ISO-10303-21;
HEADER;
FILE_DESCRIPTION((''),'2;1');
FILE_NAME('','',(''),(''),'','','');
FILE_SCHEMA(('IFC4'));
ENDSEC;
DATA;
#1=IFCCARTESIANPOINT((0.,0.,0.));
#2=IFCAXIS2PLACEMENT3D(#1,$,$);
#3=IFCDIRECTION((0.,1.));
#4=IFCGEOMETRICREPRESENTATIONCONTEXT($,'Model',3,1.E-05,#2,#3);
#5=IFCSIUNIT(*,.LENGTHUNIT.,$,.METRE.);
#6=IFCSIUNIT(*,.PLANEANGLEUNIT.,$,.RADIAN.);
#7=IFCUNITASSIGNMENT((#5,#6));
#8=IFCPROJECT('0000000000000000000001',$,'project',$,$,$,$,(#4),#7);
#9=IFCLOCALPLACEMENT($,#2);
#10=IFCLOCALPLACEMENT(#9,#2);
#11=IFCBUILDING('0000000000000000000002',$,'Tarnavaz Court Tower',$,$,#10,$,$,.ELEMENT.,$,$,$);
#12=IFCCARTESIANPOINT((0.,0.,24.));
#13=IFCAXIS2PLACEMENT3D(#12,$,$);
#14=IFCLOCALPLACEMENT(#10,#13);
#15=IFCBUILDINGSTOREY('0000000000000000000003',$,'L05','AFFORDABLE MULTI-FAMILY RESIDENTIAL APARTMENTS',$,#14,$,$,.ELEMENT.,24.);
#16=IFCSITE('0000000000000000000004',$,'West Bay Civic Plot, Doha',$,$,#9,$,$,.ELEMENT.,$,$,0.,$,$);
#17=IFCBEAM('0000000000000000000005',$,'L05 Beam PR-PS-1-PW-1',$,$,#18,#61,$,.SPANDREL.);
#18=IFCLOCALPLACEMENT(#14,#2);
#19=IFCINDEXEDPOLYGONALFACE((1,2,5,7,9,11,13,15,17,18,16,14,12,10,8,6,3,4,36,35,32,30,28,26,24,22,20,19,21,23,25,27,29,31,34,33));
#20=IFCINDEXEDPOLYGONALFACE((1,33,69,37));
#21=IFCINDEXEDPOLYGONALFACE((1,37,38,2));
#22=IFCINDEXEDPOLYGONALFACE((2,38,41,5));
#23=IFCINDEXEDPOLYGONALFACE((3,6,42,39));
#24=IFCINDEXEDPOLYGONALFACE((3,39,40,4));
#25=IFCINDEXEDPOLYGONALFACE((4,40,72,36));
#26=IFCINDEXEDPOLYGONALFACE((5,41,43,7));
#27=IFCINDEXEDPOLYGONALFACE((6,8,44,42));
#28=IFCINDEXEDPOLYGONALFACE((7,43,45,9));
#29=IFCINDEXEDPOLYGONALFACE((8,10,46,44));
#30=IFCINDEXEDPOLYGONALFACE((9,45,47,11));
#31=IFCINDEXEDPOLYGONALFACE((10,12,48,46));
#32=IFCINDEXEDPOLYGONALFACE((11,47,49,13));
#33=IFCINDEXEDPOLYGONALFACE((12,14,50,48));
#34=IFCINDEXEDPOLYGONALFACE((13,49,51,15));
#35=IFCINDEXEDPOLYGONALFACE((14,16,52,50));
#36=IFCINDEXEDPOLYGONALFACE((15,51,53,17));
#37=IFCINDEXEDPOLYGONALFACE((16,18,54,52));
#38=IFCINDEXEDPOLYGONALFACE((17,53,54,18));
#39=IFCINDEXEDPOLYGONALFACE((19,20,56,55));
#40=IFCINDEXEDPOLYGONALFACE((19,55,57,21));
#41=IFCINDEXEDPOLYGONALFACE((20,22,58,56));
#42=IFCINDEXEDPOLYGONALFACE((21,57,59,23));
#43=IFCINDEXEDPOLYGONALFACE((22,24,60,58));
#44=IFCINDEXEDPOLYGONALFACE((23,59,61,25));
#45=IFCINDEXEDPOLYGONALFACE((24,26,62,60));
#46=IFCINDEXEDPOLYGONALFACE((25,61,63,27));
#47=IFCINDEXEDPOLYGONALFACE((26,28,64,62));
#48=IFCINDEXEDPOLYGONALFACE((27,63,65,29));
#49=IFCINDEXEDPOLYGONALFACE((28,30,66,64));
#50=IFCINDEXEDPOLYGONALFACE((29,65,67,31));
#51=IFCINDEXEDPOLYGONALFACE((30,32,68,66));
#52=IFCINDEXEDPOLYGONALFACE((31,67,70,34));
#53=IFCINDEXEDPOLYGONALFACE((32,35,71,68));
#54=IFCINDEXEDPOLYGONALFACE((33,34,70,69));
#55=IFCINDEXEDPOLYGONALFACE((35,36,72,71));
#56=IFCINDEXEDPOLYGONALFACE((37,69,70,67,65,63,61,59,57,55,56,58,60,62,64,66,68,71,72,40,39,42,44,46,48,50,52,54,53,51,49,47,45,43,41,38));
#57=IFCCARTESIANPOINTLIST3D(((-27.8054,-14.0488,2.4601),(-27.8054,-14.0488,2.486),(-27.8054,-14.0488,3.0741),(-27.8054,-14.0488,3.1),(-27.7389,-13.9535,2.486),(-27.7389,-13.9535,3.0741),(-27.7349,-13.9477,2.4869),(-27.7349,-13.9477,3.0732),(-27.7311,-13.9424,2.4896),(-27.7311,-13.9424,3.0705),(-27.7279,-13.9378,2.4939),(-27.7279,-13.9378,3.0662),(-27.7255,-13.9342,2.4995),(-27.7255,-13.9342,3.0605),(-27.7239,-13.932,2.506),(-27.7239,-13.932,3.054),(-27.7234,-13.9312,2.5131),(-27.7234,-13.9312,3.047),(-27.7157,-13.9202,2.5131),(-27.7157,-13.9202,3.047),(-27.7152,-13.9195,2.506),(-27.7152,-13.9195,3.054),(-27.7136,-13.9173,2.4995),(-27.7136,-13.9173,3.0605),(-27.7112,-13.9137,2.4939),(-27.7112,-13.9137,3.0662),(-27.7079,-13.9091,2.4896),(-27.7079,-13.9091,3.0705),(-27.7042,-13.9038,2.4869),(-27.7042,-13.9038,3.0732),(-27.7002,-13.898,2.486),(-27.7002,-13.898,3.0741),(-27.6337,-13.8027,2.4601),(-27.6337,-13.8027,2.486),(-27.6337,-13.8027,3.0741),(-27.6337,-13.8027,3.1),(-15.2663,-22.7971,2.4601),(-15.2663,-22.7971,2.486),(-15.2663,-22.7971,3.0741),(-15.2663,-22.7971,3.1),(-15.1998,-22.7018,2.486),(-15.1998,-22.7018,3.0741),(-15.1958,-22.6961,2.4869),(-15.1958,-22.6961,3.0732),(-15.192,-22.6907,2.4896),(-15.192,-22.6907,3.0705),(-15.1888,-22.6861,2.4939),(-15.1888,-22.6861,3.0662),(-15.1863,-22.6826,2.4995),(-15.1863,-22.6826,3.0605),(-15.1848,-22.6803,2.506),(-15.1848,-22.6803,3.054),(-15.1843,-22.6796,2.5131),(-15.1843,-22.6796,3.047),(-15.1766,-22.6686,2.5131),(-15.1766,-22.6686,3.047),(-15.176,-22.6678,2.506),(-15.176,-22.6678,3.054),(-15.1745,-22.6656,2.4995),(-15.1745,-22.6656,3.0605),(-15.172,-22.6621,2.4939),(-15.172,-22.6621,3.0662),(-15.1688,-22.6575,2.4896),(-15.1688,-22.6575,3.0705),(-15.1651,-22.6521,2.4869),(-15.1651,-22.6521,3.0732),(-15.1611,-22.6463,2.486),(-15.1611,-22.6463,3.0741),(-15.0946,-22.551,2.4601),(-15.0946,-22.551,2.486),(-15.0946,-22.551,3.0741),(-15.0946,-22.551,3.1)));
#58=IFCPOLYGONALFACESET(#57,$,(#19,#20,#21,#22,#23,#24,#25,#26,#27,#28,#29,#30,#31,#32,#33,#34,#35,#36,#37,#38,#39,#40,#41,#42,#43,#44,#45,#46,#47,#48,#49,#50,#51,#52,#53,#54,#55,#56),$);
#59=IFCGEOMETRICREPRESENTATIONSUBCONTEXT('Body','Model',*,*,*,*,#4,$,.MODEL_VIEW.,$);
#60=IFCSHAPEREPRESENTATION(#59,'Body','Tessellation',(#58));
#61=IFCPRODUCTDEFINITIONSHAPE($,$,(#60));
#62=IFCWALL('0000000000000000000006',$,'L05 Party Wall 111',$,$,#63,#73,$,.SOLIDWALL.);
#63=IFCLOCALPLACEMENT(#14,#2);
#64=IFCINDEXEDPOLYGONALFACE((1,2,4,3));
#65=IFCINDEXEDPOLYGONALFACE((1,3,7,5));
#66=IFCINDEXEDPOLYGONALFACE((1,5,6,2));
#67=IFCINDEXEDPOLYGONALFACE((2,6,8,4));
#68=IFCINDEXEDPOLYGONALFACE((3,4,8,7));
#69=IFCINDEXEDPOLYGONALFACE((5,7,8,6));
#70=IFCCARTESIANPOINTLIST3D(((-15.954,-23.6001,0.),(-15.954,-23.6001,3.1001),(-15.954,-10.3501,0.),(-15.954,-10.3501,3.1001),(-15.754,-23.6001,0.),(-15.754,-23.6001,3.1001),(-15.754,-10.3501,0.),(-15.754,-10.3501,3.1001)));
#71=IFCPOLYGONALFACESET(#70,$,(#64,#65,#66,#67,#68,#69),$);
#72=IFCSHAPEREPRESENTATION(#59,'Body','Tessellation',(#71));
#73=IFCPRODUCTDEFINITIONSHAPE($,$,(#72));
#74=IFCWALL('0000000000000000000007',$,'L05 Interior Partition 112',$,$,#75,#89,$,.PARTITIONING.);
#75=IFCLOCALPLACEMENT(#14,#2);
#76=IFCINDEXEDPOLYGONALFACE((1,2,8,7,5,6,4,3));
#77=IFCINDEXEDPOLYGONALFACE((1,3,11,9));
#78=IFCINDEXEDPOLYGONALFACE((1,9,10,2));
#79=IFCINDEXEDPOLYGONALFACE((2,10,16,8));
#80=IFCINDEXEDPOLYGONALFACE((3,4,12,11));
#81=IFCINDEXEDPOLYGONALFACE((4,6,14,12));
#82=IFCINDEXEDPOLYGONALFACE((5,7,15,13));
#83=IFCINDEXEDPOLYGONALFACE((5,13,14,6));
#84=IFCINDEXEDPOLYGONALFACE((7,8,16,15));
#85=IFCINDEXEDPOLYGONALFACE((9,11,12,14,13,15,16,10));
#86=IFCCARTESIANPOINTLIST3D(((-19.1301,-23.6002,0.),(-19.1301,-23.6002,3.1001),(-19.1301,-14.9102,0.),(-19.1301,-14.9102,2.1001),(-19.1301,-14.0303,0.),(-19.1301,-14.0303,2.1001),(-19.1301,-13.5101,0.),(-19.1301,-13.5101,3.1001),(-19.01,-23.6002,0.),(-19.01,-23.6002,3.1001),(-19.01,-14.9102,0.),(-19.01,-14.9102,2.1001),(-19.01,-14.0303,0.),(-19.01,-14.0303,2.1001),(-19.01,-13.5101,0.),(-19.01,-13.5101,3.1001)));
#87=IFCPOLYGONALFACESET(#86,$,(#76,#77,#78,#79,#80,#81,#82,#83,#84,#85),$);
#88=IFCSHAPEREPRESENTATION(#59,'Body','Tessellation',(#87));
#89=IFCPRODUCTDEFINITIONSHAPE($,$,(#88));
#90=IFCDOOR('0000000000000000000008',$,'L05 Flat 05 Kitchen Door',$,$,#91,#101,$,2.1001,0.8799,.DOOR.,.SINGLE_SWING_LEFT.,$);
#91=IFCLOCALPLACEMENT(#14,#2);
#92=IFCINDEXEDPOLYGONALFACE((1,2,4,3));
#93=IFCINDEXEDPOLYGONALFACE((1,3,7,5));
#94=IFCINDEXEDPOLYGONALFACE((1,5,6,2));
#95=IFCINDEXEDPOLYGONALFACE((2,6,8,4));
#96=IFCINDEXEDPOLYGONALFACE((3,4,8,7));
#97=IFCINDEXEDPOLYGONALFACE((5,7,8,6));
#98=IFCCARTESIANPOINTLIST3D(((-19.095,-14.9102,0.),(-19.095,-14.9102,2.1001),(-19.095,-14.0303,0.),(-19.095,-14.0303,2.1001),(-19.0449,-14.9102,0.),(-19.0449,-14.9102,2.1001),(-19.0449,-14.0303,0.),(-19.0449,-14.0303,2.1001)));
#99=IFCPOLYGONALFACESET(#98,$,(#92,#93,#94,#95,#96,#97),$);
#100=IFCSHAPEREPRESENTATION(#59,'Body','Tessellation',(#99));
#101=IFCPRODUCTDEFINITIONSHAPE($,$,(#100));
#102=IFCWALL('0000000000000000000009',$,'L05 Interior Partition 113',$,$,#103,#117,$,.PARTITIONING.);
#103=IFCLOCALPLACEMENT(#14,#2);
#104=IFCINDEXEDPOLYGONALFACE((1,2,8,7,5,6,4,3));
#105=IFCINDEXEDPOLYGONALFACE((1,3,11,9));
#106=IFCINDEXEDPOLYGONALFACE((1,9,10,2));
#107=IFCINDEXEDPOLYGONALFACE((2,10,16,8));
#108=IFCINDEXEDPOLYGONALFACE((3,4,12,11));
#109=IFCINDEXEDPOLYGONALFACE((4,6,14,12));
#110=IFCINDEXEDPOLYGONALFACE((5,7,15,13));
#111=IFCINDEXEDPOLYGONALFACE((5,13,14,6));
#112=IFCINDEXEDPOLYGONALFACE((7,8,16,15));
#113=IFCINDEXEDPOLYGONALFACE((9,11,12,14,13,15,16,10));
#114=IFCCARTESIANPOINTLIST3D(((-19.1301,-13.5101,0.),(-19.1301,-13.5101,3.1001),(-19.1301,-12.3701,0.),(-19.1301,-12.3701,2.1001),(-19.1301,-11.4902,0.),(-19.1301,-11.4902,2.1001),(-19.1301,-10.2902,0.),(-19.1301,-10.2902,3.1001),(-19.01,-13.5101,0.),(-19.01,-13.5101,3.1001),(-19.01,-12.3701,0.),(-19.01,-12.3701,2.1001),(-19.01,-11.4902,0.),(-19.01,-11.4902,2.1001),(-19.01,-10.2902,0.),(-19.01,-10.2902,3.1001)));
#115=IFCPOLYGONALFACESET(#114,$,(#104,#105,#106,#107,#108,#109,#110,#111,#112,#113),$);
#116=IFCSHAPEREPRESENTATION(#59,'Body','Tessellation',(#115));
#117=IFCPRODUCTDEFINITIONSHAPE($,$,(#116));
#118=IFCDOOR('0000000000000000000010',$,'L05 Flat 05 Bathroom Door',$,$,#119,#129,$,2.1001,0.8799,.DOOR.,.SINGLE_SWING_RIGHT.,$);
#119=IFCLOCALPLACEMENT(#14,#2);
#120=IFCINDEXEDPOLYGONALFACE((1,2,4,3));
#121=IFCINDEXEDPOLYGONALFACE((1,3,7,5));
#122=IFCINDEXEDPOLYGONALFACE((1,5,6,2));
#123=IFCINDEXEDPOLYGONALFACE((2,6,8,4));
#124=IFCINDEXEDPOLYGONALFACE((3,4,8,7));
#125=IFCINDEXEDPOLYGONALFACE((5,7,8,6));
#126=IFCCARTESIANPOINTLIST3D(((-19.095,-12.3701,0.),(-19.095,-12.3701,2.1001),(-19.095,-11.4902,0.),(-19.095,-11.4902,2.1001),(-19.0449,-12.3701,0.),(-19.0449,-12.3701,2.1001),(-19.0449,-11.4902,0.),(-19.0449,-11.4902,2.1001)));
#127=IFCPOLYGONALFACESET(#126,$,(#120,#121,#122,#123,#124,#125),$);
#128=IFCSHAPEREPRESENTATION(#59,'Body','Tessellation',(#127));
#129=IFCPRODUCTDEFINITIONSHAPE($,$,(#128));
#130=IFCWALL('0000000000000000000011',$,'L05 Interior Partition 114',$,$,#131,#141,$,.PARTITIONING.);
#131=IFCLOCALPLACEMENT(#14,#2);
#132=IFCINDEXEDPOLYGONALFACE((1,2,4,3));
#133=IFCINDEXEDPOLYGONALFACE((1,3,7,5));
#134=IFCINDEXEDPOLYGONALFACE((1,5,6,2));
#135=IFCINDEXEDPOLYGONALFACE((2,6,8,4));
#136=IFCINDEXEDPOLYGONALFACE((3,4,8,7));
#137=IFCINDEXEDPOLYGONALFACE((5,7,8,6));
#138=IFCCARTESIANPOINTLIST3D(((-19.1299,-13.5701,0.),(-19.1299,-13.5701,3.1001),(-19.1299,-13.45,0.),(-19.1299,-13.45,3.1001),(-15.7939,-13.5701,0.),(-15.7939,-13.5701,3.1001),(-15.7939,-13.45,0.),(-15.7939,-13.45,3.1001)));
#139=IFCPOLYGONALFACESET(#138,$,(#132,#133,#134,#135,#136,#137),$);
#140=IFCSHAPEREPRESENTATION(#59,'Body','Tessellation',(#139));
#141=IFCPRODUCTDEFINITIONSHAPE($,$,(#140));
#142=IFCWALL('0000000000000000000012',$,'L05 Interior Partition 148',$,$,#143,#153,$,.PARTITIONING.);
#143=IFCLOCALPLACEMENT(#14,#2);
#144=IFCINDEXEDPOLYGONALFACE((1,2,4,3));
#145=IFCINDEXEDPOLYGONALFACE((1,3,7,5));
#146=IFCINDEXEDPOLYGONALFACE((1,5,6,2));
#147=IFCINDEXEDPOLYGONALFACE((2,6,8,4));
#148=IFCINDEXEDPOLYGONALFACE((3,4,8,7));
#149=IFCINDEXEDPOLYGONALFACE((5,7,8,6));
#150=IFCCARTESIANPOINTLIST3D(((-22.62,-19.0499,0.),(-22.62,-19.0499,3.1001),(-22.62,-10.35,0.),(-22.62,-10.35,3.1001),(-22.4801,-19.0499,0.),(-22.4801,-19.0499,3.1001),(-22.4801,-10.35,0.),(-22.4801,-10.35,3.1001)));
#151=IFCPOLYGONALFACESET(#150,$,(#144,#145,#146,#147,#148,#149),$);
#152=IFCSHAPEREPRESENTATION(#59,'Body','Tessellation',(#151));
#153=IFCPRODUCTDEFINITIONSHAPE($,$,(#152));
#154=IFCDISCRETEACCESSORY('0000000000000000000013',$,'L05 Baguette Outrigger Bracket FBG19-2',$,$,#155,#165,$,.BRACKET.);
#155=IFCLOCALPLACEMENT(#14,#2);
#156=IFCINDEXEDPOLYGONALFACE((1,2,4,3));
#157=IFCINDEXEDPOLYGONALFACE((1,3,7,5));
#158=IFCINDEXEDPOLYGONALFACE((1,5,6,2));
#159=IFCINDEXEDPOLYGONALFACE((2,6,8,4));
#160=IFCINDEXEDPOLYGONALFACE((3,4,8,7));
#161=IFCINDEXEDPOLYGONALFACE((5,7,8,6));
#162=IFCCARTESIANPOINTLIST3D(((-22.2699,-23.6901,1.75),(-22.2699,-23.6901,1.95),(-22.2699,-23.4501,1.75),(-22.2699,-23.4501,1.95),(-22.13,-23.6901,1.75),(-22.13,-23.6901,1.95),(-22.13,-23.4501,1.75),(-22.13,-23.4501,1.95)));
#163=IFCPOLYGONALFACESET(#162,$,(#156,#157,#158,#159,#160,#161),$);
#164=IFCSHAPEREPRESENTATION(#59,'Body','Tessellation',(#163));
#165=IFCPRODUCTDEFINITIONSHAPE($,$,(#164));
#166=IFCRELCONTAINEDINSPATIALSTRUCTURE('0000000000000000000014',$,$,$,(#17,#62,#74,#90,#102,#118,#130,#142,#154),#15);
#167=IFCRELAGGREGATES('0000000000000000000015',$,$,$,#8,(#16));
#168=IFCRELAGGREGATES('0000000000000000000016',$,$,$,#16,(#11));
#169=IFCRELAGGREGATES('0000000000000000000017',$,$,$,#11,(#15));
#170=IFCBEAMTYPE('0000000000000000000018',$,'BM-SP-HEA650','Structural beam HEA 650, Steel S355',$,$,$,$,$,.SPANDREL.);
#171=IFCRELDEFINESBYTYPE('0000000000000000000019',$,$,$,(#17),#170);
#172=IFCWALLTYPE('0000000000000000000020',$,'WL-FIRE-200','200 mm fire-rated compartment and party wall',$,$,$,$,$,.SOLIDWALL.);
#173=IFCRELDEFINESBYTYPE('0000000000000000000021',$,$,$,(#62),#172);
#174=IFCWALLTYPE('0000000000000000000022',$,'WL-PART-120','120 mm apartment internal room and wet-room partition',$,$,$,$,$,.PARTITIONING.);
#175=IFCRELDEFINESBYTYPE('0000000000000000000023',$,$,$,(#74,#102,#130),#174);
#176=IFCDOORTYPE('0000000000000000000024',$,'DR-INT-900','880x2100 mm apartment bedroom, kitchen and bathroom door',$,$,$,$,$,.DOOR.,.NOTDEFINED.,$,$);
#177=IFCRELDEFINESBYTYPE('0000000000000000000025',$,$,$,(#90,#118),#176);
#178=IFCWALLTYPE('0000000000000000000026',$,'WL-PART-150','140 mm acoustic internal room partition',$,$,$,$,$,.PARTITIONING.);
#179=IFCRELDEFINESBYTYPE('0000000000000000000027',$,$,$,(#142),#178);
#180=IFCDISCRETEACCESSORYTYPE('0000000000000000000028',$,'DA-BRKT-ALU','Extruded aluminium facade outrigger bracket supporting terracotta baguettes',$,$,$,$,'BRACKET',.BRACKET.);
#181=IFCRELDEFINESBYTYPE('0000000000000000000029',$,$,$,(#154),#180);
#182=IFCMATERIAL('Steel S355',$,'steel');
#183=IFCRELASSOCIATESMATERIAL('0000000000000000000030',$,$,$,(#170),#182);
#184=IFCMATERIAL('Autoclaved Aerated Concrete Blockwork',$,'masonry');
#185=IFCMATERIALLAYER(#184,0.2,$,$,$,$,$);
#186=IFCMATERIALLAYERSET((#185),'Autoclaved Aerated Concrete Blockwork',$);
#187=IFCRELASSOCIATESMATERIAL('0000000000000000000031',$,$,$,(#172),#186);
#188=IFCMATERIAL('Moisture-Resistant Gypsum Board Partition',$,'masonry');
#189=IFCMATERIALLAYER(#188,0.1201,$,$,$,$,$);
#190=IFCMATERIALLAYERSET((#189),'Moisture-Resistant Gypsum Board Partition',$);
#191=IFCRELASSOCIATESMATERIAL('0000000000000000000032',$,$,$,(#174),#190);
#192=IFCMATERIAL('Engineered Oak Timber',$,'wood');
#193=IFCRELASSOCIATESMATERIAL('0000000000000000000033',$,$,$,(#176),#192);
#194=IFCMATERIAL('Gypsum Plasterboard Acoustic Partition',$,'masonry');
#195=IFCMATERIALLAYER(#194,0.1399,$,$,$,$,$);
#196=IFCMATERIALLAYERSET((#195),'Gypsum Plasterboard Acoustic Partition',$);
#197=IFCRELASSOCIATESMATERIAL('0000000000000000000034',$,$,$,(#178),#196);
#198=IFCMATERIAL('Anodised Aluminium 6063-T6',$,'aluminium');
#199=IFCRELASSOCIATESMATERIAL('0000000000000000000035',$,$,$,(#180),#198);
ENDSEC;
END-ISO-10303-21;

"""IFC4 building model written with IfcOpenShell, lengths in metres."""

from ifc_helpers import new_model, si_unit, direction, frame, frame_2d, origin, origin_2d, place, context, subcontext, project, spatial, rectangle, i_section, extrude, material, layer, layer_set, material_profile, profile_set, type_object, element, fill, save


model = new_model("IFC4")

# Units and contexts
model_context = context("Model", 3, precision=1e-05, world=origin(), true_north=direction((0.0, 1.0)))
body_context = subcontext(model_context, "Body", "Model", "MODEL_VIEW")
ifc_project = project(units=[si_unit("LENGTHUNIT", "METRE"), si_unit("PLANEANGLEUNIT", "RADIAN")], contexts=[model_context])

# Site, building, storey
site_placement = place(None, origin())
site = spatial("IfcSite", under=ifc_project, at=site_placement, Name="West Bay Civic Plot, Doha", CompositionType="ELEMENT", RefElevation=0.0)
building_placement = place(site_placement, origin())
building = spatial("IfcBuilding", under=site, at=building_placement, Name="Tarnavaz Court Tower", CompositionType="ELEMENT")
storey_placement = place(building_placement, frame((0.0, 0.0, 24.0)))
storey = spatial("IfcBuildingStorey", under=building, at=storey_placement, Name="L05", Description="AFFORDABLE MULTI-FAMILY RESIDENTIAL APARTMENTS", CompositionType="ELEMENT", Elevation=24.0)

# Beam
ifc_material_1 = material(Name="Steel S355", Category="steel")
ifc_material_profile_1 = material_profile(ifc_material_1, i_section(OverallWidth=0.3, OverallDepth=0.6399, WebThickness=0.0134, FlangeThickness=0.0259, FilletRadius=0.0271, at=origin_2d()), Name="HEA 650")
ifc_profile_set_1 = profile_set([ifc_material_profile_1], Name="Steel S355")
beam_type_1 = type_object("IfcBeamType", Name="BM-SP-HEA650", Description="Structural beam HEA 650, Steel S355", PredefinedType="SPANDREL", material=ifc_profile_set_1)
beam_placement = place(storey_placement, frame((-15.1804, -22.6741, 2.78), z_axis=(-0.820124, 0.572186, 0.0), x_axis=(-0.572186, -0.820124, 0.0)))
element("IfcBeam", 1, at=beam_placement, inside=storey, type_object=beam_type_1, Name="L05 Beam PR-PS-1-PW-1", PredefinedType="SPANDREL", context=body_context, shape_type="SweptSolid", body=[
    extrude(i_section(OverallWidth=0.3, OverallDepth=0.6399, WebThickness=0.0134, FlangeThickness=0.0259, FilletRadius=0.0271, at=origin_2d()), origin(), (0.0, 0.0, 1.0), 15.2893),
])

# Wall
ifc_material_2 = material(Name="Autoclaved Aerated Concrete Blockwork", Category="masonry")
ifc_layer_1 = layer(ifc_material_2, 0.2)
ifc_layer_set_1 = layer_set([ifc_layer_1], Name="Autoclaved Aerated Concrete Blockwork")
wall_type_1 = type_object("IfcWallType", Name="WL-FIRE-200", Description="200 mm fire-rated compartment and party wall", PredefinedType="SOLIDWALL", material=ifc_layer_set_1)
wall_1_placement = place(storey_placement, frame((-15.854, -23.6001, 0.0), z_axis=(0.0, 0.0, 1.0), x_axis=(0.0, 1.0, 0.0)))
element("IfcWall", 2, at=wall_1_placement, inside=storey, type_object=wall_type_1, Name="L05 Party Wall 111", PredefinedType="SOLIDWALL", context=body_context, shape_type="SweptSolid", body=[
    extrude(rectangle(XDim=13.25, YDim=0.2, at=frame_2d((6.625, 0.0))), origin(), (0.0, 0.0, 1.0), 3.1001),
])

# Walls, openings, doors
ifc_material_3 = material(Name="Moisture-Resistant Gypsum Board Partition", Category="masonry")
ifc_layer_2 = layer(ifc_material_3, 0.1201)
ifc_layer_set_2 = layer_set([ifc_layer_2], Name="Moisture-Resistant Gypsum Board Partition")
wall_type_2 = type_object("IfcWallType", Name="WL-PART-120", Description="120 mm apartment internal room and wet-room partition", PredefinedType="PARTITIONING", material=ifc_layer_set_2)
wall_2_placement = place(storey_placement, frame((-19.0701, -23.6001, 0.0), z_axis=(0.0, 0.0, 1.0), x_axis=(0.0, 1.0, 0.0)))
wall_2 = element("IfcWall", 3, at=wall_2_placement, inside=storey, type_object=wall_type_2, Name="L05 Interior Partition 112", PredefinedType="PARTITIONING", context=body_context, shape_type="SweptSolid", body=[
    extrude(rectangle(XDim=10.0901, YDim=0.1201, at=frame_2d((5.0449, 0.0))), origin(), (0.0, 0.0, 1.0), 3.1001),
])
opening_1_placement = place(wall_2_placement, frame((8.6899, 0.0, 0.0)))
opening_1 = element("IfcOpeningElement", 4, at=opening_1_placement, cuts=wall_2, PredefinedType="OPENING", context=body_context, shape_type="SweptSolid", body=[
    extrude(rectangle(XDim=0.8799, YDim=2.1001, at=frame_2d((0.4399, 1.05))), frame((0.0, 0.0701, 0.0), z_axis=(0.0, -1.0, 0.0), x_axis=(1.0, 0.0, 0.0)), (0.0, 0.0, 1.0), 0.1401),
])
ifc_material_4 = material(Name="Engineered Oak Timber", Category="wood")
door_type = type_object("IfcDoorType", Name="DR-INT-900", Description="880x2100 mm apartment bedroom, kitchen and bathroom door", OperationType="NOTDEFINED", PredefinedType="DOOR", material=ifc_material_4)
door_1_placement = place(opening_1_placement, origin())
door_1 = element("IfcDoor", 5, at=door_1_placement, inside=storey, type_object=door_type, Name="L05 Flat 05 Kitchen Door", OperationType="SINGLE_SWING_LEFT", OverallHeight=2.1001, OverallWidth=0.8799, PredefinedType="DOOR", context=body_context, shape_type="SweptSolid", body=[
    extrude(rectangle(XDim=0.8799, YDim=2.1001, at=frame_2d((0.4399, 1.05))), frame((0.0, 0.0249, 0.0), z_axis=(0.0, -1.0, 0.0), x_axis=(1.0, 0.0, 0.0)), (0.0, 0.0, 1.0), 0.05),
])
fill(opening_1, door_1)
wall_3_placement = place(storey_placement, frame((-19.0701, -13.51, 0.0), z_axis=(0.0, 0.0, 1.0), x_axis=(0.0, 1.0, 0.0)))
wall_3 = element("IfcWall", 6, at=wall_3_placement, inside=storey, type_object=wall_type_2, Name="L05 Interior Partition 113", PredefinedType="PARTITIONING", context=body_context, shape_type="SweptSolid", body=[
    extrude(rectangle(XDim=3.22, YDim=0.1201, at=frame_2d((1.6099, 0.0))), origin(), (0.0, 0.0, 1.0), 3.1001),
])
opening_2_placement = place(wall_3_placement, frame((1.1399, 0.0, 0.0)))
opening_2 = element("IfcOpeningElement", 7, at=opening_2_placement, cuts=wall_3, PredefinedType="OPENING", context=body_context, shape_type="SweptSolid", body=[
    extrude(rectangle(XDim=0.8799, YDim=2.1001, at=frame_2d((0.4399, 1.05))), frame((0.0, 0.0701, 0.0), z_axis=(0.0, -1.0, 0.0), x_axis=(1.0, 0.0, 0.0)), (0.0, 0.0, 1.0), 0.1401),
])
door_2_placement = place(opening_2_placement, origin())
door_2 = element("IfcDoor", 8, at=door_2_placement, inside=storey, type_object=door_type, Name="L05 Flat 05 Bathroom Door", OperationType="SINGLE_SWING_RIGHT", OverallHeight=2.1001, OverallWidth=0.8799, PredefinedType="DOOR", context=body_context, shape_type="SweptSolid", body=[
    extrude(rectangle(XDim=0.8799, YDim=2.1001, at=frame_2d((0.4399, 1.05))), frame((0.0, 0.0249, 0.0), z_axis=(0.0, -1.0, 0.0), x_axis=(1.0, 0.0, 0.0)), (0.0, 0.0, 1.0), 0.05),
])
fill(opening_2, door_2)

# Walls
wall_4_placement = place(storey_placement, frame((-19.1299, -13.51, 0.0), z_axis=(0.0, 0.0, 1.0), x_axis=(1.0, 0.0, 0.0)))
element("IfcWall", 9, at=wall_4_placement, inside=storey, type_object=wall_type_2, Name="L05 Interior Partition 114", PredefinedType="PARTITIONING", context=body_context, shape_type="SweptSolid", body=[
    extrude(rectangle(XDim=3.3359, YDim=0.1201, at=frame_2d((1.668, 0.0))), origin(), (0.0, 0.0, 1.0), 3.1001),
])
ifc_material_5 = material(Name="Gypsum Plasterboard Acoustic Partition", Category="masonry")
ifc_layer_3 = layer(ifc_material_5, 0.1399)
ifc_layer_set_3 = layer_set([ifc_layer_3], Name="Gypsum Plasterboard Acoustic Partition")
wall_type_3 = type_object("IfcWallType", Name="WL-PART-150", Description="140 mm acoustic internal room partition", PredefinedType="PARTITIONING", material=ifc_layer_set_3)
wall_5_placement = place(storey_placement, frame((-22.55, -19.05, 0.0), z_axis=(0.0, 0.0, 1.0), x_axis=(0.0, 1.0, 0.0)))
element("IfcWall", 10, at=wall_5_placement, inside=storey, type_object=wall_type_3, Name="L05 Interior Partition 148", PredefinedType="PARTITIONING", context=body_context, shape_type="SweptSolid", body=[
    extrude(rectangle(XDim=8.7, YDim=0.1399, at=frame_2d((4.3501, 0.0))), origin(), (0.0, 0.0, 1.0), 3.1001),
])

# Discrete accessory
ifc_material_6 = material(Name="Anodised Aluminium 6063-T6", Category="aluminium")
discrete_accessory_type = type_object("IfcDiscreteAccessoryType", Name="DA-BRKT-ALU", Description="Extruded aluminium facade outrigger bracket supporting terracotta baguettes", ElementType="BRACKET", PredefinedType="BRACKET", material=ifc_material_6)
discrete_accessory_placement = place(storey_placement, frame((-22.2, -23.5701, 1.75), z_axis=(0.0, 0.0, 1.0), x_axis=(-1.0, 0.0, 0.0)))
element("IfcDiscreteAccessory", 11, at=discrete_accessory_placement, inside=storey, type_object=discrete_accessory_type, Name="L05 Baguette Outrigger Bracket FBG19-2", PredefinedType="BRACKET", context=body_context, shape_type="SweptSolid", body=[
    extrude(rectangle(XDim=0.1399, YDim=0.24, at=origin_2d()), origin(), (0.0, 0.0, 1.0), 0.2),
])

save(model, "model.ifc")
